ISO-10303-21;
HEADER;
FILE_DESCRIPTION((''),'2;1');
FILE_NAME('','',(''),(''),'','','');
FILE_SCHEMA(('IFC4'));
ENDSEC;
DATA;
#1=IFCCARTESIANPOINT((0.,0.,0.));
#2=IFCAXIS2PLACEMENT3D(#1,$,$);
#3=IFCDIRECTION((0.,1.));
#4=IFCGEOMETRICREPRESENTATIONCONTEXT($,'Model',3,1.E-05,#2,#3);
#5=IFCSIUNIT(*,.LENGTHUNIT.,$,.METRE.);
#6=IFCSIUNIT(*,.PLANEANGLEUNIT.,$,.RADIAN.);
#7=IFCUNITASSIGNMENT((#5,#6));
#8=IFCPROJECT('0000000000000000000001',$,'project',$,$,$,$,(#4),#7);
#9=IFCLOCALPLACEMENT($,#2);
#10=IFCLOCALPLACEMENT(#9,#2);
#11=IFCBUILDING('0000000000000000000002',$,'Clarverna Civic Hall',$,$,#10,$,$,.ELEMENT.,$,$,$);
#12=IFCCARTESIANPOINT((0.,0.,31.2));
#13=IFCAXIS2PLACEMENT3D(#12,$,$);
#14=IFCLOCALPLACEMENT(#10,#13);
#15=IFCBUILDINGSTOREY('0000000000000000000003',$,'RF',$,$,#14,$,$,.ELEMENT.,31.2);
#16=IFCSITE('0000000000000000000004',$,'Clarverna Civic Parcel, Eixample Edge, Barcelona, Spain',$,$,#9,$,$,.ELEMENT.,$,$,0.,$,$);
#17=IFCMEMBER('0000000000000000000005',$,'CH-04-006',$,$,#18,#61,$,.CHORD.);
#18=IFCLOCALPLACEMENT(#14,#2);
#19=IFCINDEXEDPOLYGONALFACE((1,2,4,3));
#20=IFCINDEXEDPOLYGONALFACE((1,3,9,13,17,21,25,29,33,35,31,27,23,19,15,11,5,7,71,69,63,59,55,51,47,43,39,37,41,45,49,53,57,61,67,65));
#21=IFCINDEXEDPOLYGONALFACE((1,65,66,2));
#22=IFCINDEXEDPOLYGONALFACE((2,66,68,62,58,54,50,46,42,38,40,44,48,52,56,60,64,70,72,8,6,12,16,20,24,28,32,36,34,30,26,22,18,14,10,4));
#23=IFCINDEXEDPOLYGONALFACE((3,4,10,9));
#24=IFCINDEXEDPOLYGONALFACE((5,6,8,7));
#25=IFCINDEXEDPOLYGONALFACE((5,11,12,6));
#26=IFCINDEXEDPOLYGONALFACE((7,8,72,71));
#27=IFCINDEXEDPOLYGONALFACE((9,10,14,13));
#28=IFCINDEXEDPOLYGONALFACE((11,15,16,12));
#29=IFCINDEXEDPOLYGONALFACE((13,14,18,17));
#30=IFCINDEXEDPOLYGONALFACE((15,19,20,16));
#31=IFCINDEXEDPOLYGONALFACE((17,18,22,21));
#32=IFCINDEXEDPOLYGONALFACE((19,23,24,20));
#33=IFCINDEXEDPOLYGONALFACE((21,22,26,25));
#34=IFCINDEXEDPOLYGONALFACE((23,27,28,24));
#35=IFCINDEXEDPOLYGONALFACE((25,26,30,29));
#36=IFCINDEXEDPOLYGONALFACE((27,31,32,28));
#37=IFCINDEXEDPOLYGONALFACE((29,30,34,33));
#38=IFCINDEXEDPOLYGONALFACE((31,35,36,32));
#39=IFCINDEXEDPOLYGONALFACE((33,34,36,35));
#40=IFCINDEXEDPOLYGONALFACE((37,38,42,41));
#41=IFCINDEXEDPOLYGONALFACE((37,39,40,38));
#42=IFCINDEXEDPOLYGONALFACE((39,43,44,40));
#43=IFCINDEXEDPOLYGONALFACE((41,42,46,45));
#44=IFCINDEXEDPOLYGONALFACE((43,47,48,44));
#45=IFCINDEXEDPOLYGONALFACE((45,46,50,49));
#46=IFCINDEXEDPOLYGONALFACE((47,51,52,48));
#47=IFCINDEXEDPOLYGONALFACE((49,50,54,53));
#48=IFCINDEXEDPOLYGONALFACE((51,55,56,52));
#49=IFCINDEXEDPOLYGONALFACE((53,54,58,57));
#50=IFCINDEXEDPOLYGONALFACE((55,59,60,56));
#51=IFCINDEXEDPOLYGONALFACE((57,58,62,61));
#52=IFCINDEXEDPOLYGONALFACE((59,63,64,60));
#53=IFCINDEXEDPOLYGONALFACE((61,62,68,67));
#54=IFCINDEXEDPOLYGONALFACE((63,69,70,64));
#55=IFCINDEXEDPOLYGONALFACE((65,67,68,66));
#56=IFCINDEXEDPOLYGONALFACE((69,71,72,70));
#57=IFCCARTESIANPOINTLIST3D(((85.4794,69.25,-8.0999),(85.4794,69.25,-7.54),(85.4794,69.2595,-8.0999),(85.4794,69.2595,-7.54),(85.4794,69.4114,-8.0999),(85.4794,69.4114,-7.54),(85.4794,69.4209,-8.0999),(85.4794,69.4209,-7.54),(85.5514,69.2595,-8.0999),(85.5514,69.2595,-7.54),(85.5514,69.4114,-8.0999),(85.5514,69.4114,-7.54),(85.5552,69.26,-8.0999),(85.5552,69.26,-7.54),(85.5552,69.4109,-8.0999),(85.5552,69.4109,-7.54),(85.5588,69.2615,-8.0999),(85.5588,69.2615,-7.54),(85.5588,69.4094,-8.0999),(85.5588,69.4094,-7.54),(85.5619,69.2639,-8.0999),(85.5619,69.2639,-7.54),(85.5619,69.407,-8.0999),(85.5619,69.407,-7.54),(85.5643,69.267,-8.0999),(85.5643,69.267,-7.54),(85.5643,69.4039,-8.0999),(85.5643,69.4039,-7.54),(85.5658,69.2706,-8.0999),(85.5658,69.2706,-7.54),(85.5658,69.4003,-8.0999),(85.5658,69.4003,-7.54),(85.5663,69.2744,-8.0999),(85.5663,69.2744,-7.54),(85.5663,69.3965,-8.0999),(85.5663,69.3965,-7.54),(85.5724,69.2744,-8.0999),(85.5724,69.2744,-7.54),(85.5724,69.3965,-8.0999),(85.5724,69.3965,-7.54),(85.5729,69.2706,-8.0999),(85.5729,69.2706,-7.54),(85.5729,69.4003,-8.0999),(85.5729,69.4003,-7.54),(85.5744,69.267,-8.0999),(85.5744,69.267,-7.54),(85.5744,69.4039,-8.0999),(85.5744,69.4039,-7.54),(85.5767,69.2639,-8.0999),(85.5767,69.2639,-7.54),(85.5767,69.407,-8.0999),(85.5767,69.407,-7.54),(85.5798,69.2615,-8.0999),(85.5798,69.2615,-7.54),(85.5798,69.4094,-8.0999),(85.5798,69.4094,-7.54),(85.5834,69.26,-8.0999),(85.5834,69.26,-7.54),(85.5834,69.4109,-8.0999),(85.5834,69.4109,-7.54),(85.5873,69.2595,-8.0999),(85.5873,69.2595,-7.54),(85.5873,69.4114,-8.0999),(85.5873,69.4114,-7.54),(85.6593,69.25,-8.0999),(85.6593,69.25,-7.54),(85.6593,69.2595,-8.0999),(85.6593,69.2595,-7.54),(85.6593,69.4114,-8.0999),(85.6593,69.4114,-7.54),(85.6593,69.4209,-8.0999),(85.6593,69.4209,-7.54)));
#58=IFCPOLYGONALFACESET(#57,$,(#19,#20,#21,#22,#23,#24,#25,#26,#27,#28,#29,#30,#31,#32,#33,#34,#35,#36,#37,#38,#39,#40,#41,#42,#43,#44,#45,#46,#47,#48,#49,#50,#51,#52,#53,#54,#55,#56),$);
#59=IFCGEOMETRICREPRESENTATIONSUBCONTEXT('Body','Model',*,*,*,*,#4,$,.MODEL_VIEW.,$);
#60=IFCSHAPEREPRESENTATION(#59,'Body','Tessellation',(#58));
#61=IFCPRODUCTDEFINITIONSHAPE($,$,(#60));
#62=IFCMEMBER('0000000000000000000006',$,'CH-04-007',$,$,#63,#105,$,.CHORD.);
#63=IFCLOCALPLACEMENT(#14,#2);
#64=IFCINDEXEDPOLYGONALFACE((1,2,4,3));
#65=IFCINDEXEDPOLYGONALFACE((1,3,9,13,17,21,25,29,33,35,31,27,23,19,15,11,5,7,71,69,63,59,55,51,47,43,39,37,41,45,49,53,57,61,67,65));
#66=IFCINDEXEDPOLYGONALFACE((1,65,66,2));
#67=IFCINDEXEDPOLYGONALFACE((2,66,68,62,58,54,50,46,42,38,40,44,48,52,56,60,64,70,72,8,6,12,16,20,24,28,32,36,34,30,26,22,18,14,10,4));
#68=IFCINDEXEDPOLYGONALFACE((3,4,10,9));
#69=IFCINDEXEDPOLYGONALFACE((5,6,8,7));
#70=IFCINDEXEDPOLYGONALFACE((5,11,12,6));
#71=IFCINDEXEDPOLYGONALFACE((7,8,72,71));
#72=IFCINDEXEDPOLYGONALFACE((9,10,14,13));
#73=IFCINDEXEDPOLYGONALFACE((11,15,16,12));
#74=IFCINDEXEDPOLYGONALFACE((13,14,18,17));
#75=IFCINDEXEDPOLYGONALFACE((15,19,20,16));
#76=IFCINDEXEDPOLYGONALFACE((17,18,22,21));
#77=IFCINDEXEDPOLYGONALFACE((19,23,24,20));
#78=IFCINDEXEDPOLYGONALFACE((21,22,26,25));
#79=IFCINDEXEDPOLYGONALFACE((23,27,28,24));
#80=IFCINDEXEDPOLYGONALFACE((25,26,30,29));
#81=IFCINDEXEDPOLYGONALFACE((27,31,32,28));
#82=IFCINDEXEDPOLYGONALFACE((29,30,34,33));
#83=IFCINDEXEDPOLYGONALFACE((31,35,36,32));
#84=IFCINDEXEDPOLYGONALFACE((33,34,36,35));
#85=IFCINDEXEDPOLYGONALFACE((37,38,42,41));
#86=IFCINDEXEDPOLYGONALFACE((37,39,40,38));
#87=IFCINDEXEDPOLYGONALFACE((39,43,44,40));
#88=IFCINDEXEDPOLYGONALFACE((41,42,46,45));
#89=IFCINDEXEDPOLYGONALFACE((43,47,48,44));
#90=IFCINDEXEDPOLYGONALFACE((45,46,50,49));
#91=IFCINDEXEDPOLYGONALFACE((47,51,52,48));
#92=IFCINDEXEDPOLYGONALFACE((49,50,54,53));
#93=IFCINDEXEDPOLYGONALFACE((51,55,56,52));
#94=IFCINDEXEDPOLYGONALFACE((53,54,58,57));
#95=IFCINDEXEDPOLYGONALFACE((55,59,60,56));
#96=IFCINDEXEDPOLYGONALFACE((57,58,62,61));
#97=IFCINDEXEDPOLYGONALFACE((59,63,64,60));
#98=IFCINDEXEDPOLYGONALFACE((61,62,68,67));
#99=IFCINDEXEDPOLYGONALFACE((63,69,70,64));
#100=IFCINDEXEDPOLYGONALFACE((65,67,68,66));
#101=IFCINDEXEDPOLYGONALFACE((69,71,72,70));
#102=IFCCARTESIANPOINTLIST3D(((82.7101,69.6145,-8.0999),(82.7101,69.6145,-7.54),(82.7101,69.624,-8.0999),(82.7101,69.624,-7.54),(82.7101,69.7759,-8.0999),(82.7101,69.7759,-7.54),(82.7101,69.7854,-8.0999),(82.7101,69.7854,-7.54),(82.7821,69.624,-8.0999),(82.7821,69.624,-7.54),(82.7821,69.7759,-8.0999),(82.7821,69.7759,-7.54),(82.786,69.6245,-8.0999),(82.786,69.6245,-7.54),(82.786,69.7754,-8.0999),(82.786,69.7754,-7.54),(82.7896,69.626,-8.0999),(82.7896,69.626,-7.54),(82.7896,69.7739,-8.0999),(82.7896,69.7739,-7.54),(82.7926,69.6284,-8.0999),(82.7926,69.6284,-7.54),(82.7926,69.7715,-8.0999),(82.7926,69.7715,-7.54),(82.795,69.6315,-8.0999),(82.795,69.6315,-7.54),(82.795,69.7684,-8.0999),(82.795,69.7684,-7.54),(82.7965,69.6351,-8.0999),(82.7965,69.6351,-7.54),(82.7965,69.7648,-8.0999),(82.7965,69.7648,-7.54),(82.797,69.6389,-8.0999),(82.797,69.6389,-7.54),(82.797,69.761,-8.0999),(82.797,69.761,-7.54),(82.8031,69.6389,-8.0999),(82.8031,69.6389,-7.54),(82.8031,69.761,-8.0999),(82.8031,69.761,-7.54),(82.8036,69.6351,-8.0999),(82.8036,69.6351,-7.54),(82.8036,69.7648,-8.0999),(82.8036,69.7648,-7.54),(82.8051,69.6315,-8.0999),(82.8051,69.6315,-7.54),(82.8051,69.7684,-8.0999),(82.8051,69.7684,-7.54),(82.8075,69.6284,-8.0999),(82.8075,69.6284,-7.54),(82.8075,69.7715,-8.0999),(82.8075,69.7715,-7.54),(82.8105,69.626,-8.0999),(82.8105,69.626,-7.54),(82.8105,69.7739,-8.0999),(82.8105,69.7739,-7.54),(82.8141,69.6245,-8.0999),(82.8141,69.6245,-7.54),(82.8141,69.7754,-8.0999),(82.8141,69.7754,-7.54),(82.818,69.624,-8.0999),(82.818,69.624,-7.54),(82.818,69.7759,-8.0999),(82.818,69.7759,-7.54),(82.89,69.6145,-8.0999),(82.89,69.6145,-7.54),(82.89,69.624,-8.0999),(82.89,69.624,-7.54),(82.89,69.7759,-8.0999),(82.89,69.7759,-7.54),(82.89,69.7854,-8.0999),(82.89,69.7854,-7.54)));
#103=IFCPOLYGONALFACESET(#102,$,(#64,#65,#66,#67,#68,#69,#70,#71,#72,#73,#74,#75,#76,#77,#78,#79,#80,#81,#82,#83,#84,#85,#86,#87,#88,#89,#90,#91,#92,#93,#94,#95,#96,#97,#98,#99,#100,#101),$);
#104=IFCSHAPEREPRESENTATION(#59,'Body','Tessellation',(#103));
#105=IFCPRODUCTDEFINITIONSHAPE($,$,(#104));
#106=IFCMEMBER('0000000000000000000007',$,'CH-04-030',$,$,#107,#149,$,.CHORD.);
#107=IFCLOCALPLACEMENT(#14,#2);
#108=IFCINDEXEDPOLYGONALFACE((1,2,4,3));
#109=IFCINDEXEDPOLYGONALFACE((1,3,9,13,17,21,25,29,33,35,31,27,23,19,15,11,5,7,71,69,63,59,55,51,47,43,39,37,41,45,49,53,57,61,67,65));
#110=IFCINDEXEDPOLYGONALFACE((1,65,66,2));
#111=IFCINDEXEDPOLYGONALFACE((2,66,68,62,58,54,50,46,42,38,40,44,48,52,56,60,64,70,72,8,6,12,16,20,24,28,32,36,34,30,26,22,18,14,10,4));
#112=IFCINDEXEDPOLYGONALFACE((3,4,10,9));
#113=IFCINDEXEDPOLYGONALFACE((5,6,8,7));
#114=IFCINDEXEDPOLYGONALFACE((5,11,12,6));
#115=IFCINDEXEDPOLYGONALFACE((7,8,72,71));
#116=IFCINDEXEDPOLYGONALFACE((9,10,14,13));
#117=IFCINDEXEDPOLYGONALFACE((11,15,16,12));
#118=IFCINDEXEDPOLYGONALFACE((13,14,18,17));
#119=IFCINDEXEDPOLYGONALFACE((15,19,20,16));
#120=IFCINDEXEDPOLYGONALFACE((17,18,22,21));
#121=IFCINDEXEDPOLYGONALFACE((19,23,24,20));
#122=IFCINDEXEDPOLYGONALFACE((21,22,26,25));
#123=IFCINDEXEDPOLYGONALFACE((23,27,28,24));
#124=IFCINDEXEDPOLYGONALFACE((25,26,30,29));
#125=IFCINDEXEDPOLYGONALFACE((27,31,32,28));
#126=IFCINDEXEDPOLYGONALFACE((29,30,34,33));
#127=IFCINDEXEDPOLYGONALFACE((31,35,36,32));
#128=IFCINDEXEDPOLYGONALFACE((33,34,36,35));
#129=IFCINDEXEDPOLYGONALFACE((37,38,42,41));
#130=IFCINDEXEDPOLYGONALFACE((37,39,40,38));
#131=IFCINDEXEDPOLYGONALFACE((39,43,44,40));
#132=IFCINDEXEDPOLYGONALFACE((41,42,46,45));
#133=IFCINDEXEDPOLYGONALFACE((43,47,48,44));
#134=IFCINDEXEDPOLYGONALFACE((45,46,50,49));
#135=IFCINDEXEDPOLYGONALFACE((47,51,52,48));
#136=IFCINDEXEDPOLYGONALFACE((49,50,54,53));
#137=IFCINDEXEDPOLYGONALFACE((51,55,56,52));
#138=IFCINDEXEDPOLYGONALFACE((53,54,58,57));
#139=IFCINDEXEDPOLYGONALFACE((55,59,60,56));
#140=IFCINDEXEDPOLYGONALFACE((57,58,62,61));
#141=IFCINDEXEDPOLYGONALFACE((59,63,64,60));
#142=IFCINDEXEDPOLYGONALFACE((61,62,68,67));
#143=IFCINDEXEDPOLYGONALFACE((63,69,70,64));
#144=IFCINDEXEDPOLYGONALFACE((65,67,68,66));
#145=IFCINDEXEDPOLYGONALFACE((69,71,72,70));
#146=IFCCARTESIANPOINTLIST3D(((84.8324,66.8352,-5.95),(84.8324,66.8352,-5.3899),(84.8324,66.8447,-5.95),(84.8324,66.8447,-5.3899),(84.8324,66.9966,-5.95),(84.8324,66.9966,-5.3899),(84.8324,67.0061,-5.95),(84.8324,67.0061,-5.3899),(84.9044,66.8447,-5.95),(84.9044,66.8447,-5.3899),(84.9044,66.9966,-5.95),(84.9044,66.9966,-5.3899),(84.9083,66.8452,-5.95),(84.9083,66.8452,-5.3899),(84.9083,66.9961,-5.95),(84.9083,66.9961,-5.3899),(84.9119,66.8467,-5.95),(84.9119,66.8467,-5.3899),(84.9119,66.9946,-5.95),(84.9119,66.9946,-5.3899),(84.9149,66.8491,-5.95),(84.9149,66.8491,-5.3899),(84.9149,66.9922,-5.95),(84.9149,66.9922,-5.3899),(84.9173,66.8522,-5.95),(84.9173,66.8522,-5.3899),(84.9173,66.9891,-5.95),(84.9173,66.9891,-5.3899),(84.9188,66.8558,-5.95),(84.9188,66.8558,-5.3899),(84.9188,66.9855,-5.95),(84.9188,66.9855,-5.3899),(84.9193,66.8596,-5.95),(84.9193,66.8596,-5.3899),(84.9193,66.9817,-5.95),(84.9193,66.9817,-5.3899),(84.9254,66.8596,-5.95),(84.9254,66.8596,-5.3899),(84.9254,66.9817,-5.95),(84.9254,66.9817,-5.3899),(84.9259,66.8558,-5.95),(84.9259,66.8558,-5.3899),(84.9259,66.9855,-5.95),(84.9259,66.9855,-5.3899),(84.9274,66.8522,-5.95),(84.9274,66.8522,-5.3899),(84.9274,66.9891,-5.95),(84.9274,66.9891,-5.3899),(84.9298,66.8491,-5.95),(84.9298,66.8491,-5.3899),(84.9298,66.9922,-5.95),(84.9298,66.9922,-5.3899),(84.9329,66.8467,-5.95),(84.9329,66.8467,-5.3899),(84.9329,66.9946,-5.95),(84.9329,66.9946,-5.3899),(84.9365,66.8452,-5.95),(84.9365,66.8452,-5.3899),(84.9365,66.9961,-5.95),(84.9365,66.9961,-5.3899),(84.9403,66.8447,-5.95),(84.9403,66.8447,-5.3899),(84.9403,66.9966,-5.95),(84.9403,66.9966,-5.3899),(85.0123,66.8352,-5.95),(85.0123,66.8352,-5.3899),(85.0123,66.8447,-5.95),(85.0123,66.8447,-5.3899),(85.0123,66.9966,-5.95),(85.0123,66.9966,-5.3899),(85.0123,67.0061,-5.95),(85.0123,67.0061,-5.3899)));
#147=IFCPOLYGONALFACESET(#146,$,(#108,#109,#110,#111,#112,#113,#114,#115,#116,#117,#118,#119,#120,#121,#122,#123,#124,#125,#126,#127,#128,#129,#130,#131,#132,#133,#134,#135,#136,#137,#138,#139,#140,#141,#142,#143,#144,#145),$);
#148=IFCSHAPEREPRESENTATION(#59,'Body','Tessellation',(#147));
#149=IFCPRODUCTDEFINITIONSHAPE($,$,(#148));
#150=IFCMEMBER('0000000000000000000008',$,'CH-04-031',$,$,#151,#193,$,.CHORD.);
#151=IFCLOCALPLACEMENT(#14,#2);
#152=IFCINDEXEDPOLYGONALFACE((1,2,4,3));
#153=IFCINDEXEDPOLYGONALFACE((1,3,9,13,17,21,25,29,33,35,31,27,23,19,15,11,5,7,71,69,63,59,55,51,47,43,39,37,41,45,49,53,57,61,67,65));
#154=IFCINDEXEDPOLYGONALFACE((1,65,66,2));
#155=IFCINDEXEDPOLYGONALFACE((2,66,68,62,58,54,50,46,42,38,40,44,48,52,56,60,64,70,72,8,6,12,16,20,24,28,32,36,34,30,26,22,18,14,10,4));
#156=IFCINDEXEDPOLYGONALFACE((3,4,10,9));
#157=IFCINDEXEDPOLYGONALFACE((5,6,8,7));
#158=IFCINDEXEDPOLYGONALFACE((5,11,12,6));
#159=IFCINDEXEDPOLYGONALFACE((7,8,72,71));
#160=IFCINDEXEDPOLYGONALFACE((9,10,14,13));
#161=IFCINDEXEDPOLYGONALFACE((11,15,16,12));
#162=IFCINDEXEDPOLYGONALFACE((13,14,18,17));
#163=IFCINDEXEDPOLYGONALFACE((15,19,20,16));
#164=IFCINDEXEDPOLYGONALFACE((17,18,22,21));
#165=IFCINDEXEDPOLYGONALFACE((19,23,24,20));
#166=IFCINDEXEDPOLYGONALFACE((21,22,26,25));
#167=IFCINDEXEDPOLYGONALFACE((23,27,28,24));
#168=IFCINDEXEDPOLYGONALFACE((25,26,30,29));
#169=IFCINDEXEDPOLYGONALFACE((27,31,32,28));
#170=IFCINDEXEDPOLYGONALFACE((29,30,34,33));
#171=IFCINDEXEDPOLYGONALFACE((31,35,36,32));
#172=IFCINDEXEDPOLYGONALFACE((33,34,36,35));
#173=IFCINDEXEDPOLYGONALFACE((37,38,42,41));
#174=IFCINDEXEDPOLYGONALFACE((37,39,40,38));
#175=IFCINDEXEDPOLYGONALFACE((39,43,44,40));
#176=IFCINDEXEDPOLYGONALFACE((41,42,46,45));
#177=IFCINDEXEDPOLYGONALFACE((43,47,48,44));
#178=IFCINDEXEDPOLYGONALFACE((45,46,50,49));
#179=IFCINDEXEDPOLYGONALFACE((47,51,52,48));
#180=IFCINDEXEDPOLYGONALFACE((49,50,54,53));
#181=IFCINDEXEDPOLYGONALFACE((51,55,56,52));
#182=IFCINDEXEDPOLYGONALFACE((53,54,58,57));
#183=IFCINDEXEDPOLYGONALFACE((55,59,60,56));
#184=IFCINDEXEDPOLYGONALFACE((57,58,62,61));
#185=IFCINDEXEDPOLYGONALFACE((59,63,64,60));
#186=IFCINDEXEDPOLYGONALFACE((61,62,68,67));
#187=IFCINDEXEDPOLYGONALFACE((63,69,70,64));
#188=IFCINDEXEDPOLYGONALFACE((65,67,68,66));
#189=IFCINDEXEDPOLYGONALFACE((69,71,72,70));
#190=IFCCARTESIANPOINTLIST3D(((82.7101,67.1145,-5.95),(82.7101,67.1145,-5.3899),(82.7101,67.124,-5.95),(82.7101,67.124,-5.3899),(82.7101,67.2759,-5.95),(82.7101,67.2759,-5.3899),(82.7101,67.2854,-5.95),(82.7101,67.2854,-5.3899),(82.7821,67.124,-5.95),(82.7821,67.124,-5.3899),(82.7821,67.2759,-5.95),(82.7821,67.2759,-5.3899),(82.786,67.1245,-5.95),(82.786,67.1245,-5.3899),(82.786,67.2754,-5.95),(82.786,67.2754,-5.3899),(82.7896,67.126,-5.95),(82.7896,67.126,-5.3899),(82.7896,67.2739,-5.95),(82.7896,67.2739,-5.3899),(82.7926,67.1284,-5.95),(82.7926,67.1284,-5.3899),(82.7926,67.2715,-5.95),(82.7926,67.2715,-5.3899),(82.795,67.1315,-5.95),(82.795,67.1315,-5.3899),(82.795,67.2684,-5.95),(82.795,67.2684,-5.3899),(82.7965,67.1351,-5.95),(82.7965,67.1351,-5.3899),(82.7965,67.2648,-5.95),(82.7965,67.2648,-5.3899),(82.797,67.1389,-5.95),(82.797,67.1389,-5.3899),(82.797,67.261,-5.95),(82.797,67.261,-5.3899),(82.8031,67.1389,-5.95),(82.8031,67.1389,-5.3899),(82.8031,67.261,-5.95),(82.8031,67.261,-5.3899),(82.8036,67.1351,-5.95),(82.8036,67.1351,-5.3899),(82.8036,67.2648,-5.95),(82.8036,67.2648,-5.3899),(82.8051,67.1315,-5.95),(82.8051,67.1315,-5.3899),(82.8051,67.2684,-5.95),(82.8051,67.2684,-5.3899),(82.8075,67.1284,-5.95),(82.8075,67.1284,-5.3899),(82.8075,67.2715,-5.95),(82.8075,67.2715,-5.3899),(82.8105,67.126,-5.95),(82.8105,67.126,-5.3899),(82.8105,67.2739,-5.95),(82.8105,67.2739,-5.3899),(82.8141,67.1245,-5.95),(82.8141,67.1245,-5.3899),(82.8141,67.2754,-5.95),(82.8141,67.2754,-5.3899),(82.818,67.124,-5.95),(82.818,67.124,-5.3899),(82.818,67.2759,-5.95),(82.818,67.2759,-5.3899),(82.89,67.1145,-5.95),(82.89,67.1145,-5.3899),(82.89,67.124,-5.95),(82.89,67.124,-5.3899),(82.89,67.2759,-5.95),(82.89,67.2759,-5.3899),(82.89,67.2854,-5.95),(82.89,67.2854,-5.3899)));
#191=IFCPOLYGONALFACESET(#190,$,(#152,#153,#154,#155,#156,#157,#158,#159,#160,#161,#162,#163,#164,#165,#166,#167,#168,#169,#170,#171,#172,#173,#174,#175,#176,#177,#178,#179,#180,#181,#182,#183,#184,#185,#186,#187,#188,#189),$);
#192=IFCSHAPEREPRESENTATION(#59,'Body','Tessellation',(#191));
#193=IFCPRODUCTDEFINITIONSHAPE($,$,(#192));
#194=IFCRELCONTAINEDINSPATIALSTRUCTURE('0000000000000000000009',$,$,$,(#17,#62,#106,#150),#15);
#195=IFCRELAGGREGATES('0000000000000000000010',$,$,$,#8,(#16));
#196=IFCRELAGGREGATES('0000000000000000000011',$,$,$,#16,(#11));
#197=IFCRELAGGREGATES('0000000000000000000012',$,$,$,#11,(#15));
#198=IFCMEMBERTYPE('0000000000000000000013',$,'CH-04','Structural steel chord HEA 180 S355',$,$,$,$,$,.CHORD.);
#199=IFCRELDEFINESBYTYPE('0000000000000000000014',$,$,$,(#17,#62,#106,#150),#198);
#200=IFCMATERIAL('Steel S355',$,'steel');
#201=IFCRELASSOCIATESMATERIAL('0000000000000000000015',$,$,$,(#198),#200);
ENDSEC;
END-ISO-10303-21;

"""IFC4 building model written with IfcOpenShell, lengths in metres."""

from ifc_helpers import new_model, si_unit, direction, frame, origin, origin_2d, place, context, subcontext, project, spatial, i_section, extrude, material, material_profile, profile_set, type_object, element, save


model = new_model("IFC4")

# Units and contexts
model_context = context("Model", 3, precision=1e-05, world=origin(), true_north=direction((0.0, 1.0)))
body_context = subcontext(model_context, "Body", "Model", "MODEL_VIEW")
ifc_project = project(units=[si_unit("LENGTHUNIT", "METRE"), si_unit("PLANEANGLEUNIT", "RADIAN")], contexts=[model_context])

# Site, building, storey
site_placement = place(None, origin())
site = spatial("IfcSite", under=ifc_project, at=site_placement, Name="Clarverna Civic Parcel, Eixample Edge, Barcelona, Spain", CompositionType="ELEMENT", RefElevation=0.0)
building_placement = place(site_placement, origin())
building = spatial("IfcBuilding", under=site, at=building_placement, Name="Clarverna Civic Hall", CompositionType="ELEMENT")
storey_placement = place(building_placement, frame((0.0, 0.0, 31.2)))
storey = spatial("IfcBuildingStorey", under=building, at=storey_placement, Name="RF", CompositionType="ELEMENT", Elevation=31.2)

# Members
ifc_material_1 = material(Name="Steel S355", Category="steel")
ifc_material_profile_1 = material_profile(ifc_material_1, i_section(OverallWidth=0.1799, OverallDepth=0.1709, WebThickness=0.0061, FlangeThickness=0.0095, FilletRadius=0.0149, at=origin_2d()), Name="HEA 180")
ifc_profile_set_1 = profile_set([ifc_material_profile_1], Name="Steel S355")
member_type_1 = type_object("IfcMemberType", Name="CH-04", Description="Structural steel chord HEA 180 S355", PredefinedType="CHORD", material=ifc_profile_set_1)
for number, where, z_axis, x_axis, name in (
    (1, (85.5693, 69.3354, -8.0999), (0.0, 0.0, 1.0), (1.0, 0.0, 0.0), "CH-04-006"),
    (2, (82.8, 69.7, -8.0999), (0.0, 0.0, 1.0), (1.0, 0.0, 0.0), "CH-04-007"),
):
    element("IfcMember", number, at=place(storey_placement, frame(where, z_axis=z_axis, x_axis=x_axis)), inside=storey, type_object=member_type_1, Name=name, PredefinedType="CHORD", context=body_context, shape_type="SweptSolid", body=[
        extrude(i_section(OverallWidth=0.1799, OverallDepth=0.1709, WebThickness=0.0061, FlangeThickness=0.0095, FilletRadius=0.0149, at=origin_2d()), origin(), (0.0, 0.0, 1.0), 0.5598),
    ])
for number, where, z_axis, x_axis, name in (
    (3, (84.9224, 66.9207, -5.95), (0.0, 0.0, 1.0), (1.0, 0.0, 0.0), "CH-04-030"),
    (4, (82.8, 67.2, -5.95), (0.0, 0.0, 1.0), (1.0, 0.0, 0.0), "CH-04-031"),
):
    element("IfcMember", number, at=place(storey_placement, frame(where, z_axis=z_axis, x_axis=x_axis)), inside=storey, type_object=member_type_1, Name=name, PredefinedType="CHORD", context=body_context, shape_type="SweptSolid", body=[
        extrude(i_section(OverallWidth=0.1799, OverallDepth=0.1709, WebThickness=0.0061, FlangeThickness=0.0095, FilletRadius=0.0149, at=origin_2d()), origin(), (0.0, 0.0, 1.0), 0.5601),
    ])

save(model, "model.ifc")
